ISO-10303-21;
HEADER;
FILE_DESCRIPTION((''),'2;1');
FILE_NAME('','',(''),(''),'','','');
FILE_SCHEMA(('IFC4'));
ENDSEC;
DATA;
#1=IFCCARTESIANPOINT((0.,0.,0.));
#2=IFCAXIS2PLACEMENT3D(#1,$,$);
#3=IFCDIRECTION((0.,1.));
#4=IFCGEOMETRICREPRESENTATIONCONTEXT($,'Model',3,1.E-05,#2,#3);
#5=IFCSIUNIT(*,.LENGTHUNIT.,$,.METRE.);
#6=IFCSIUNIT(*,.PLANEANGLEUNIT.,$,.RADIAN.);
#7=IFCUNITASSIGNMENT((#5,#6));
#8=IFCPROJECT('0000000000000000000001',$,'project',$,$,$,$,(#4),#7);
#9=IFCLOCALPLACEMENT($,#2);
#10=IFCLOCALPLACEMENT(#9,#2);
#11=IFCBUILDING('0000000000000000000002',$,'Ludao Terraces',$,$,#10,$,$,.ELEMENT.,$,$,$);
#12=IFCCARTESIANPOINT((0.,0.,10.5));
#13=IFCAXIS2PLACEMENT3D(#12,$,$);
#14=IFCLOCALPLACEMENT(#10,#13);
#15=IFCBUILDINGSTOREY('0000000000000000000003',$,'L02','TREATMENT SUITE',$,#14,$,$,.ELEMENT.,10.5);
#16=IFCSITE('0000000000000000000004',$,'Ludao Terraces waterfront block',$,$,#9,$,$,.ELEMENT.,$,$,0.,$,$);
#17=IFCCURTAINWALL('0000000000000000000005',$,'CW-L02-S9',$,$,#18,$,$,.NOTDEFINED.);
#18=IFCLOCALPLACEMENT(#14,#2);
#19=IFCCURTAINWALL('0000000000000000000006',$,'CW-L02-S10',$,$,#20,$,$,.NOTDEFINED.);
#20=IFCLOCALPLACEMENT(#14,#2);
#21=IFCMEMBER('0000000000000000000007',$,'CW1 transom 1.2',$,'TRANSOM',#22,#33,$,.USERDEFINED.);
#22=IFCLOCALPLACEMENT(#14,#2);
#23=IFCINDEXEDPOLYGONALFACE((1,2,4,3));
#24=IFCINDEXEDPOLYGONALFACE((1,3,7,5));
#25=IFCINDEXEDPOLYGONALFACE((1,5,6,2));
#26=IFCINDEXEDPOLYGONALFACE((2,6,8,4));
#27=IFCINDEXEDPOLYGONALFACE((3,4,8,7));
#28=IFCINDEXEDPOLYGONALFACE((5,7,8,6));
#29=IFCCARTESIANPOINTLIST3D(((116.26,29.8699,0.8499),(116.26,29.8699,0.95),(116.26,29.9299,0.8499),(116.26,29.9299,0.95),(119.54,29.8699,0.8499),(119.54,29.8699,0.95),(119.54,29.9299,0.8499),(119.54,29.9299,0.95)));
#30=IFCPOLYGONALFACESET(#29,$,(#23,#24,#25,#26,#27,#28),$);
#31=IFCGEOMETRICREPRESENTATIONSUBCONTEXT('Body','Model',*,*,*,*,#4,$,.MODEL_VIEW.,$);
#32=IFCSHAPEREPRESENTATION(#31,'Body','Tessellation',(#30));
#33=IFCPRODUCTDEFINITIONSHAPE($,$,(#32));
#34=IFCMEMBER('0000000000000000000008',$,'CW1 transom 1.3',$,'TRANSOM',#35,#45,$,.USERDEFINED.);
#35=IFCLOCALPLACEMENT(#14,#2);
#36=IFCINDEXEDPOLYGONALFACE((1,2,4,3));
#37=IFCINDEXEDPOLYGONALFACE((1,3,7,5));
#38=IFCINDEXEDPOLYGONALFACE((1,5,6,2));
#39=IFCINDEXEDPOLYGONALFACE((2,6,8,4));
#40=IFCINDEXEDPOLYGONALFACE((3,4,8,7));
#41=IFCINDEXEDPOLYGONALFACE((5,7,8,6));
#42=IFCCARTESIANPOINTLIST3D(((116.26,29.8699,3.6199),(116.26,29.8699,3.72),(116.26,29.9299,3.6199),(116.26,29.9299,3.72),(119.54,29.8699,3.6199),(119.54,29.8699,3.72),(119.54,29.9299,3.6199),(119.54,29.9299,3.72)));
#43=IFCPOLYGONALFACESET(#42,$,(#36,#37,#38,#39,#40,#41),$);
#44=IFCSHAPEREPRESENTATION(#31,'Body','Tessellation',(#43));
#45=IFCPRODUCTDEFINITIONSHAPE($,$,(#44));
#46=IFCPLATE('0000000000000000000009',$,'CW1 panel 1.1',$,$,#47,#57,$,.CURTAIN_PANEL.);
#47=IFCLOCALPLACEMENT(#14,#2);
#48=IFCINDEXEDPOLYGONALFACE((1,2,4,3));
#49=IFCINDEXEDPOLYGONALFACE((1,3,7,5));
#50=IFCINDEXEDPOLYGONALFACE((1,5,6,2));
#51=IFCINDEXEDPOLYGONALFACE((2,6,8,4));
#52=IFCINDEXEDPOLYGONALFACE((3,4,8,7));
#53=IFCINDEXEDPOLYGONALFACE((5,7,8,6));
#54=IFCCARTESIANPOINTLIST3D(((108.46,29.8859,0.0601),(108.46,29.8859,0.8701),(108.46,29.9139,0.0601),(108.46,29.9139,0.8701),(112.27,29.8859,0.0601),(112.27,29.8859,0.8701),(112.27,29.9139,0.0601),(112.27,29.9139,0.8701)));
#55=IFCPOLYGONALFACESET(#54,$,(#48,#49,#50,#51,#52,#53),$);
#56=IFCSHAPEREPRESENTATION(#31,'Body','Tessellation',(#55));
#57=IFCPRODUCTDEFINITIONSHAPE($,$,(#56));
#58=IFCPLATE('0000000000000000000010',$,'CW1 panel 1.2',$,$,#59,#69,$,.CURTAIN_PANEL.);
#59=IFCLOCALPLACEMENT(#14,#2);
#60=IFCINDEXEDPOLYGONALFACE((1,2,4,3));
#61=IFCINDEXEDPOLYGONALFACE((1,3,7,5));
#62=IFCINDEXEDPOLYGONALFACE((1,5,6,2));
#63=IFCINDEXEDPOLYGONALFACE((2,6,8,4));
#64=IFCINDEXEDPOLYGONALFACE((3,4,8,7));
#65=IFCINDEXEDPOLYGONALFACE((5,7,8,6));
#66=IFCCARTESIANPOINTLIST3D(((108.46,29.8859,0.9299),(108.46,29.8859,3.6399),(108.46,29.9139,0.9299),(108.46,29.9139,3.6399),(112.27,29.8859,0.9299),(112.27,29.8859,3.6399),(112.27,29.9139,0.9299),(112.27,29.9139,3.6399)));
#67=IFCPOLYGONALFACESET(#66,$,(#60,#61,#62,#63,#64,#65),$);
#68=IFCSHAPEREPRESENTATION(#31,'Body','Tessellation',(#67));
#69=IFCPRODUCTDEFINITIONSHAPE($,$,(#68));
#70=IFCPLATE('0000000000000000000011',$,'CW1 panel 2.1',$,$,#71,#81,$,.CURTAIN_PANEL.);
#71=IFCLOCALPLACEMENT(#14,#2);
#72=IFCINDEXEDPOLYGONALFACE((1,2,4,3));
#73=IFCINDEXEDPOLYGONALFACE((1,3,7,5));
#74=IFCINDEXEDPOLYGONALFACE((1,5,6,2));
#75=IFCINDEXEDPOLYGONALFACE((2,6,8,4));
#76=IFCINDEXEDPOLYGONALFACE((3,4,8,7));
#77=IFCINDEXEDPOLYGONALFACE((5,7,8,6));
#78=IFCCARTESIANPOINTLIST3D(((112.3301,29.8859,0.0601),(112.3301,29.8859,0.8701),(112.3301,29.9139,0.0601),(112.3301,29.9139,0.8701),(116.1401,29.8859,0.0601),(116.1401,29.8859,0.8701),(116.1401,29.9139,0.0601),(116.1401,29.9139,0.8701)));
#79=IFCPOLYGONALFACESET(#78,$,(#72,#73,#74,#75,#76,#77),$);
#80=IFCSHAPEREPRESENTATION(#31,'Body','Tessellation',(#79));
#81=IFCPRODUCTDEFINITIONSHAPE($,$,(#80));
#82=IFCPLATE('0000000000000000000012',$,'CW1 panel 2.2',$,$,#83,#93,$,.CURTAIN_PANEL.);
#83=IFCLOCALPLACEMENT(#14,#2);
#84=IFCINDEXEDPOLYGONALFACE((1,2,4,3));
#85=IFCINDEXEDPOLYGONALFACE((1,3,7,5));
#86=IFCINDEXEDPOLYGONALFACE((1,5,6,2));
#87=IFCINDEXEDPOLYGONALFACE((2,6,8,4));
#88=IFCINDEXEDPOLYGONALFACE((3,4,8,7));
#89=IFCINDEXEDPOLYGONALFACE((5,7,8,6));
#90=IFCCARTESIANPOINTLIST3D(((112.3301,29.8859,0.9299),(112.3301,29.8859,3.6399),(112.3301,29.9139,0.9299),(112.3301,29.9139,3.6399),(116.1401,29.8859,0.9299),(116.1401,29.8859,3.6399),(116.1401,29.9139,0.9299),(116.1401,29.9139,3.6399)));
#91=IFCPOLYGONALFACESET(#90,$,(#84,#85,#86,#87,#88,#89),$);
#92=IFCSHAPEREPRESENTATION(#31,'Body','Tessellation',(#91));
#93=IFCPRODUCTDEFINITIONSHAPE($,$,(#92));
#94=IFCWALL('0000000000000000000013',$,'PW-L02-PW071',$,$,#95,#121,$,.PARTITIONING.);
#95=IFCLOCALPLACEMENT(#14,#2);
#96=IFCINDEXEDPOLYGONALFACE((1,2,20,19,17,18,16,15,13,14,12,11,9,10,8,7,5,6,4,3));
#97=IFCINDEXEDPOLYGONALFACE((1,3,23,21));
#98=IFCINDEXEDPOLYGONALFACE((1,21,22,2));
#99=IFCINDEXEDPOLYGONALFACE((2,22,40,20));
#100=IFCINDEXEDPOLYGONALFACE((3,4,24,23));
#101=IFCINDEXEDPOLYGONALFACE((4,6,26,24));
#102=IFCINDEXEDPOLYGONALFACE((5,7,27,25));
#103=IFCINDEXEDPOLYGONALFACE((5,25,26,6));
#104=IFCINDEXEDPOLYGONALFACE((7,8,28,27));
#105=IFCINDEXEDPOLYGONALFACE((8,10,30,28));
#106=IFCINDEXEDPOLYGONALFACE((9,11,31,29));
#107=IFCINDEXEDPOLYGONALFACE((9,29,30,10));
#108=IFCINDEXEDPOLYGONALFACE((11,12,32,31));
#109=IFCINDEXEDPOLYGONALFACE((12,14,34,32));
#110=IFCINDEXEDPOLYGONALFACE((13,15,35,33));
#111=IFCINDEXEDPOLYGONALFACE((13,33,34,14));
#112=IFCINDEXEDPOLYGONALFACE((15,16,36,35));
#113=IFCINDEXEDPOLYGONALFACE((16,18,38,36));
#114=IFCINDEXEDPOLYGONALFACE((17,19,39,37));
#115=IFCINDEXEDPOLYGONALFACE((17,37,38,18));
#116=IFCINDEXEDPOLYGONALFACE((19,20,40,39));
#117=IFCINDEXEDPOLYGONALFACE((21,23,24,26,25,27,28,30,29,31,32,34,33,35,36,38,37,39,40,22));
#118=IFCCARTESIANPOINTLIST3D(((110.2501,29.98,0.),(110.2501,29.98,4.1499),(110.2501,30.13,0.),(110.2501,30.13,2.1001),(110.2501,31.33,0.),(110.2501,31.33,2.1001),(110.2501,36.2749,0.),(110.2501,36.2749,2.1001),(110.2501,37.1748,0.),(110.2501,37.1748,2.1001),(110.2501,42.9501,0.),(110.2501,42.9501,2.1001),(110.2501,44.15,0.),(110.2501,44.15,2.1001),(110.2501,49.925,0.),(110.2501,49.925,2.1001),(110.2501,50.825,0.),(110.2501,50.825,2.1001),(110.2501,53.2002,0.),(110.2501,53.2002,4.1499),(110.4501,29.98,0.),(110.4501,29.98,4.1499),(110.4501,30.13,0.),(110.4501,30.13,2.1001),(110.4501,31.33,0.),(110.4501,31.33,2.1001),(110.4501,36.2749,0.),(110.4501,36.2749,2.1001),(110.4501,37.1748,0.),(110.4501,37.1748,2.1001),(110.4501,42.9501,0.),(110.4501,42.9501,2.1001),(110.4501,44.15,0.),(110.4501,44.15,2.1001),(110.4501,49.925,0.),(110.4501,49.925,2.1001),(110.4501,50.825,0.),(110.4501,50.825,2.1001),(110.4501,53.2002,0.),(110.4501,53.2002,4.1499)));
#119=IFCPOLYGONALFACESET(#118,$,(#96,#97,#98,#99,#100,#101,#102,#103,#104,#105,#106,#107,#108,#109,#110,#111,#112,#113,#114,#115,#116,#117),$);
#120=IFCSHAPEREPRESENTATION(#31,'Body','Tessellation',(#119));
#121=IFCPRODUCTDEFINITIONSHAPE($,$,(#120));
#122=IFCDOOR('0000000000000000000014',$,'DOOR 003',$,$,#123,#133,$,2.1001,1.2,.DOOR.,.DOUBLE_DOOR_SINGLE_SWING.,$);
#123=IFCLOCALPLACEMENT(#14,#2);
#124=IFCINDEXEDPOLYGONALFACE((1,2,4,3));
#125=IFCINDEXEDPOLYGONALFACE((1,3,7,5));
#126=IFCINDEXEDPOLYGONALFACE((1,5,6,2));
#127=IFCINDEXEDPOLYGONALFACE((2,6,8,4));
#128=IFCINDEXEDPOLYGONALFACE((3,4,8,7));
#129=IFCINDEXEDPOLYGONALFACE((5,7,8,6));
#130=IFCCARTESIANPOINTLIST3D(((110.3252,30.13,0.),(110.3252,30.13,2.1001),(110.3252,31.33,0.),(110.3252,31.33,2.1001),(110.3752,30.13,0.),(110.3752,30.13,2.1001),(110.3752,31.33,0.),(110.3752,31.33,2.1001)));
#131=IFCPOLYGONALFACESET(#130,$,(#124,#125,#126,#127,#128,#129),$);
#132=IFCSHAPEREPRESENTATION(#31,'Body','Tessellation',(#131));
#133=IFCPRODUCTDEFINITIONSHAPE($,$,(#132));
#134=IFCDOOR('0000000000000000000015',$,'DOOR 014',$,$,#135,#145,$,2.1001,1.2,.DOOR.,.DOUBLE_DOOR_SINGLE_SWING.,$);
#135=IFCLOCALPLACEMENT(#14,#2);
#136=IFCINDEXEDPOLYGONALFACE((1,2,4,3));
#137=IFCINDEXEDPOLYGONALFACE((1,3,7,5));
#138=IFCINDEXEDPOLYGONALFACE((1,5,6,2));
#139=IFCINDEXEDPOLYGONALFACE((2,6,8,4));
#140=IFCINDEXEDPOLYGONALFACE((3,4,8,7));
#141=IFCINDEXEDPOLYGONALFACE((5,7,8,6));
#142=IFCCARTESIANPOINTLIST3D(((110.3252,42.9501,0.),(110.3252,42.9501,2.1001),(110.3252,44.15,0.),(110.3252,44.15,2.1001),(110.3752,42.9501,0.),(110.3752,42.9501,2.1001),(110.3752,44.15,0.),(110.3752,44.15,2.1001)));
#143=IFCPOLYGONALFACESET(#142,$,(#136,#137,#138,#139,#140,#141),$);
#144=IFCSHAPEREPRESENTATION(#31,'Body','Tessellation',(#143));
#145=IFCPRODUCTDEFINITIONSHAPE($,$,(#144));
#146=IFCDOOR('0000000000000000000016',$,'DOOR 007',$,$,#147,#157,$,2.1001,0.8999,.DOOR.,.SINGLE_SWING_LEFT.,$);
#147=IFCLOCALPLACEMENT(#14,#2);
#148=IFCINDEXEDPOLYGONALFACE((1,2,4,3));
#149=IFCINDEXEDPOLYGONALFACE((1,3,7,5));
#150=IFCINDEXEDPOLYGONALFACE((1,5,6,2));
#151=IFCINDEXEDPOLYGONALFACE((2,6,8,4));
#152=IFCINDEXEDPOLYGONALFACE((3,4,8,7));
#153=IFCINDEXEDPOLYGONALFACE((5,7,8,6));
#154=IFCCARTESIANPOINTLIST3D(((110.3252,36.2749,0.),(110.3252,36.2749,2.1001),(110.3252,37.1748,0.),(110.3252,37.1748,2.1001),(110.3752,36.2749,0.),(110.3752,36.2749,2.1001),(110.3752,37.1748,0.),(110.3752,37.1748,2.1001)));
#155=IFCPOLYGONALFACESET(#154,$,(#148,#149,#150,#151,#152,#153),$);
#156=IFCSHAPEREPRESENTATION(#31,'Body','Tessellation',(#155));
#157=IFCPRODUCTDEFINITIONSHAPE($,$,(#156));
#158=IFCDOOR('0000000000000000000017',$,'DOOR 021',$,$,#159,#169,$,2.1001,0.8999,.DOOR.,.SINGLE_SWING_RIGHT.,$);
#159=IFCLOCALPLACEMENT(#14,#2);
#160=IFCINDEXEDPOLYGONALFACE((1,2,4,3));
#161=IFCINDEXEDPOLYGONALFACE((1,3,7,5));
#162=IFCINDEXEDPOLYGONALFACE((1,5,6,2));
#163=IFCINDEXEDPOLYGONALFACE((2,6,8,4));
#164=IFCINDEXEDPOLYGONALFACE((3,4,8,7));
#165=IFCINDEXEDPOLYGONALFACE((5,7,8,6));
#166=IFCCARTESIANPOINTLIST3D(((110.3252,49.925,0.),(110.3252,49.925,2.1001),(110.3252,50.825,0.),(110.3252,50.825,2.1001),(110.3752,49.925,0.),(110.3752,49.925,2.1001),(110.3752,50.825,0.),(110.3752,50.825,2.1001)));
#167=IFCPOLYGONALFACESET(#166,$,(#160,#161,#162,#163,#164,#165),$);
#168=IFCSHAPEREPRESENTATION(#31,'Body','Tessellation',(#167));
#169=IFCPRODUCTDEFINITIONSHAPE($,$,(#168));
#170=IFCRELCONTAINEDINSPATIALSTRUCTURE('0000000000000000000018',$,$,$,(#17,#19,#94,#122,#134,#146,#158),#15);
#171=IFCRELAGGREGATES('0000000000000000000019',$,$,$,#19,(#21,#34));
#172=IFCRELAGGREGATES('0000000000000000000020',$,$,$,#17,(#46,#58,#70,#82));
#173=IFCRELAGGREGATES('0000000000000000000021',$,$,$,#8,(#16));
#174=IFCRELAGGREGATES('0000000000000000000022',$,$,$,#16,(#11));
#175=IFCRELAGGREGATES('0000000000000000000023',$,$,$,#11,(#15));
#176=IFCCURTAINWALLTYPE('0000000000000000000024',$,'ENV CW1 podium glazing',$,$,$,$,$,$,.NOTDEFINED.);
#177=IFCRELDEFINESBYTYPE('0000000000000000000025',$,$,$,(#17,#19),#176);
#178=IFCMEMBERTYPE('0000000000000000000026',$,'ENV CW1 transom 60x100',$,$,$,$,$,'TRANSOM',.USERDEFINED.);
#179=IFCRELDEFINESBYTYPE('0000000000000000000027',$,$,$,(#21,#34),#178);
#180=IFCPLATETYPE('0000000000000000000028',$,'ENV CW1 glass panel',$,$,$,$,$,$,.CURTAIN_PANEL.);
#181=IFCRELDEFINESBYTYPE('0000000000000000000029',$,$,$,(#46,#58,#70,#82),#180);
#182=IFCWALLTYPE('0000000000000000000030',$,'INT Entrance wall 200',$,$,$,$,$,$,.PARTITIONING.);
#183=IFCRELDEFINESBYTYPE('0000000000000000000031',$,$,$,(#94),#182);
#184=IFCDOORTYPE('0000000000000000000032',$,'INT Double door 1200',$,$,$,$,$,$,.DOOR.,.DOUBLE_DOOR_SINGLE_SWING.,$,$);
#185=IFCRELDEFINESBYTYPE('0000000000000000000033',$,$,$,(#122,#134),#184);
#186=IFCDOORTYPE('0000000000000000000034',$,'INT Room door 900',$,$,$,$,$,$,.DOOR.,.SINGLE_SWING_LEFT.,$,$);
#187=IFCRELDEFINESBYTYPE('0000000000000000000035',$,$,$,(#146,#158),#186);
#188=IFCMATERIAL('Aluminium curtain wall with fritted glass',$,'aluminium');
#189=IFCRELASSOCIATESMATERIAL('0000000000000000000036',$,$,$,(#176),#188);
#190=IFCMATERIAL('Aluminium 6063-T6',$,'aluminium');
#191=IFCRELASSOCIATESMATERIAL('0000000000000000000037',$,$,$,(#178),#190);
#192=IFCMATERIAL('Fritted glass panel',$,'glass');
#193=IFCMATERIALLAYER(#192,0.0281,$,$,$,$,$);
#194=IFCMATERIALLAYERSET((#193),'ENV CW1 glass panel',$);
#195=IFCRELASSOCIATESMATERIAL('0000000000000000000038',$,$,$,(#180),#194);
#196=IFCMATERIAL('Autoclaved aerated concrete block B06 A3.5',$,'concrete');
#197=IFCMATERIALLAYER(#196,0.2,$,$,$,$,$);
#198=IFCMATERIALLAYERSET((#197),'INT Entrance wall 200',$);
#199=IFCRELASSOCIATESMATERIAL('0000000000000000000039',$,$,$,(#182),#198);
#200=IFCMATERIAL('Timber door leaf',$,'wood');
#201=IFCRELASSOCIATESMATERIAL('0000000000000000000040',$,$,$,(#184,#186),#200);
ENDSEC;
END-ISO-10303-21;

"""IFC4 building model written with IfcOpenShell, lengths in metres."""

from ifc_helpers import new_model, si_unit, direction, frame, frame_2d, origin, origin_2d, place, context, subcontext, project, spatial, rectangle, extrude, material, layer, layer_set, material_profile, profile_set, type_object, element, fill, aggregate, save


model = new_model("IFC4")

# Units and contexts
model_context = context("Model", 3, precision=1e-05, world=origin(), true_north=direction((0.0, 1.0)))
body_context = subcontext(model_context, "Body", "Model", "MODEL_VIEW")
ifc_project = project(units=[si_unit("LENGTHUNIT", "METRE"), si_unit("PLANEANGLEUNIT", "RADIAN")], contexts=[model_context])

# Site, building, storey
site_placement = place(None, origin())
site = spatial("IfcSite", under=ifc_project, at=site_placement, Name="Ludao Terraces waterfront block", CompositionType="ELEMENT", RefElevation=0.0)
building_placement = place(site_placement, origin())
building = spatial("IfcBuilding", under=site, at=building_placement, Name="Ludao Terraces", CompositionType="ELEMENT")
storey_placement = place(building_placement, frame((0.0, 0.0, 10.5)))
storey = spatial("IfcBuildingStorey", under=building, at=storey_placement, Name="L02", Description="TREATMENT SUITE", CompositionType="ELEMENT", Elevation=10.5)

# Curtain wall
ifc_material_1 = material(Name="Aluminium curtain wall with fritted glass", Category="aluminium")
curtain_wall_type = type_object("IfcCurtainWallType", Name="ENV CW1 podium glazing", PredefinedType="NOTDEFINED", material=ifc_material_1)
curtain_wall_1_placement = place(storey_placement, origin())
curtain_wall_1 = element("IfcCurtainWall", 1, at=curtain_wall_1_placement, inside=storey, type_object=curtain_wall_type, Name="CW-L02-S9", PredefinedType="NOTDEFINED")
ifc_material_2 = material(Name="Aluminium 6063-T6", Category="aluminium")

# Curtain wall
curtain_wall_2_placement = place(storey_placement, origin())
curtain_wall_2 = element("IfcCurtainWall", 2, at=curtain_wall_2_placement, inside=storey, type_object=curtain_wall_type, Name="CW-L02-S10", PredefinedType="NOTDEFINED")

# Members
ifc_material_profile_1 = material_profile(ifc_material_2, rectangle(XDim=0.0601, YDim=0.1001, at=origin_2d()), Name="60 X 100")
ifc_profile_set_1 = profile_set([ifc_material_profile_1], Name="Aluminium 6063-T6")
member_type_1 = type_object("IfcMemberType", Name="ENV CW1 transom 60x100", ElementType="TRANSOM", PredefinedType="USERDEFINED", material=ifc_profile_set_1)
member_1_placement = place(storey_placement, frame((116.26, 29.8999, 0.8999), z_axis=(1.0, 0.0, 0.0), x_axis=(0.0, 1.0, 0.0)))
member_1 = element("IfcMember", 3, at=member_1_placement, type_object=member_type_1, Name="CW1 transom 1.2", ObjectType="TRANSOM", PredefinedType="USERDEFINED", context=body_context, shape_type="SweptSolid", body=[
    extrude(rectangle(XDim=0.0601, YDim=0.1001, at=origin_2d()), origin(), (0.0, 0.0, 1.0), 3.28),
])
member_2_placement = place(storey_placement, frame((116.26, 29.8999, 3.6699), z_axis=(1.0, 0.0, 0.0), x_axis=(0.0, 1.0, 0.0)))
member_2 = element("IfcMember", 4, at=member_2_placement, type_object=member_type_1, Name="CW1 transom 1.3", ObjectType="TRANSOM", PredefinedType="USERDEFINED", context=body_context, shape_type="SweptSolid", body=[
    extrude(rectangle(XDim=0.0601, YDim=0.1001, at=origin_2d()), origin(), (0.0, 0.0, 1.0), 3.28),
])
aggregate(curtain_wall_2, [member_1, member_2])

# Plates
ifc_material_3 = material(Name="Fritted glass panel", Category="glass")
ifc_layer_1 = layer(ifc_material_3, 0.0281)
ifc_layer_set_1 = layer_set([ifc_layer_1], Name="ENV CW1 glass panel")
plate_type = type_object("IfcPlateType", Name="ENV CW1 glass panel", PredefinedType="CURTAIN_PANEL", material=ifc_layer_set_1)
plate_1_placement = place(storey_placement, frame((110.365, 29.8999, 0.0601), z_axis=(0.0, 0.0, 1.0), x_axis=(1.0, 0.0, 0.0)))
plate_1 = element("IfcPlate", 5, at=plate_1_placement, type_object=plate_type, Name="CW1 panel 1.1", PredefinedType="CURTAIN_PANEL", context=body_context, shape_type="SweptSolid", body=[
    extrude(rectangle(XDim=3.8101, YDim=0.0281, at=origin_2d()), origin(), (0.0, 0.0, 1.0), 0.8101),
])
plate_2_placement = place(storey_placement, frame((110.365, 29.8999, 0.9299), z_axis=(0.0, 0.0, 1.0), x_axis=(1.0, 0.0, 0.0)))
plate_2 = element("IfcPlate", 6, at=plate_2_placement, type_object=plate_type, Name="CW1 panel 1.2", PredefinedType="CURTAIN_PANEL", context=body_context, shape_type="SweptSolid", body=[
    extrude(rectangle(XDim=3.8101, YDim=0.0281, at=origin_2d()), origin(), (0.0, 0.0, 1.0), 2.71),
])
plate_3_placement = place(storey_placement, frame((114.2351, 29.8999, 0.0601), z_axis=(0.0, 0.0, 1.0), x_axis=(1.0, 0.0, 0.0)))
plate_3 = element("IfcPlate", 7, at=plate_3_placement, type_object=plate_type, Name="CW1 panel 2.1", PredefinedType="CURTAIN_PANEL", context=body_context, shape_type="SweptSolid", body=[
    extrude(rectangle(XDim=3.8101, YDim=0.0281, at=origin_2d()), origin(), (0.0, 0.0, 1.0), 0.8101),
])
plate_4_placement = place(storey_placement, frame((114.2351, 29.8999, 0.9299), z_axis=(0.0, 0.0, 1.0), x_axis=(1.0, 0.0, 0.0)))
plate_4 = element("IfcPlate", 8, at=plate_4_placement, type_object=plate_type, Name="CW1 panel 2.2", PredefinedType="CURTAIN_PANEL", context=body_context, shape_type="SweptSolid", body=[
    extrude(rectangle(XDim=3.8101, YDim=0.0281, at=origin_2d()), origin(), (0.0, 0.0, 1.0), 2.71),
])
aggregate(curtain_wall_1, [plate_1, plate_2, plate_3, plate_4])

# Wall, openings, doors
ifc_material_4 = material(Name="Autoclaved aerated concrete block B06 A3.5", Category="concrete")
ifc_layer_2 = layer(ifc_material_4, 0.2)
ifc_layer_set_2 = layer_set([ifc_layer_2], Name="INT Entrance wall 200")
wall_type_1 = type_object("IfcWallType", Name="INT Entrance wall 200", PredefinedType="PARTITIONING", material=ifc_layer_set_2)
wall_1_placement = place(storey_placement, frame((110.3501, 29.98, 0.0), z_axis=(0.0, 0.0, 1.0), x_axis=(0.0, 1.0, 0.0)))
wall_1 = element("IfcWall", 9, at=wall_1_placement, inside=storey, type_object=wall_type_1, Name="PW-L02-PW071", PredefinedType="PARTITIONING", context=body_context, shape_type="SweptSolid", body=[
    extrude(rectangle(XDim=23.2202, YDim=0.2, at=frame_2d((11.6101, 0.0))), origin(), (0.0, 0.0, 1.0), 4.1499),
])
opening_1_placement = place(wall_1_placement, frame((0.1499, 0.0, 0.0)))
opening_1 = element("IfcOpeningElement", 10, at=opening_1_placement, cuts=wall_1, PredefinedType="OPENING", context=body_context, shape_type="SweptSolid", body=[
    extrude(rectangle(XDim=1.2, YDim=2.1001, at=frame_2d((0.6001, 1.05))), frame((0.0, 0.1099, 0.0), z_axis=(0.0, -1.0, 0.0), x_axis=(1.0, 0.0, 0.0)), (0.0, 0.0, 1.0), 0.22),
])
opening_2_placement = place(wall_1_placement, frame((6.2949, 0.0, 0.0)))
opening_2 = element("IfcOpeningElement", 11, at=opening_2_placement, cuts=wall_1, PredefinedType="OPENING", context=body_context, shape_type="SweptSolid", body=[
    extrude(rectangle(XDim=0.8999, YDim=2.1001, at=frame_2d((0.45, 1.05))), frame((0.0, 0.1099, 0.0), z_axis=(0.0, -1.0, 0.0), x_axis=(1.0, 0.0, 0.0)), (0.0, 0.0, 1.0), 0.22),
])
opening_3_placement = place(wall_1_placement, frame((12.97, 0.0, 0.0)))
opening_3 = element("IfcOpeningElement", 12, at=opening_3_placement, cuts=wall_1, PredefinedType="OPENING", context=body_context, shape_type="SweptSolid", body=[
    extrude(rectangle(XDim=1.2, YDim=2.1001, at=frame_2d((0.6001, 1.05))), frame((0.0, 0.1099, 0.0), z_axis=(0.0, -1.0, 0.0), x_axis=(1.0, 0.0, 0.0)), (0.0, 0.0, 1.0), 0.22),
])
opening_4_placement = place(wall_1_placement, frame((19.9451, 0.0, 0.0)))
opening_4 = element("IfcOpeningElement", 13, at=opening_4_placement, cuts=wall_1, PredefinedType="OPENING", context=body_context, shape_type="SweptSolid", body=[
    extrude(rectangle(XDim=0.8999, YDim=2.1001, at=frame_2d((0.45, 1.05))), frame((0.0, 0.1099, 0.0), z_axis=(0.0, -1.0, 0.0), x_axis=(1.0, 0.0, 0.0)), (0.0, 0.0, 1.0), 0.22),
])
ifc_material_5 = material(Name="Timber door leaf", Category="wood")
door_type_1 = type_object("IfcDoorType", Name="INT Double door 1200", OperationType="DOUBLE_DOOR_SINGLE_SWING", PredefinedType="DOOR", material=ifc_material_5)
door_1_placement = place(opening_1_placement, origin())
door_1 = element("IfcDoor", 14, at=door_1_placement, inside=storey, type_object=door_type_1, Name="DOOR 003", OperationType="DOUBLE_DOOR_SINGLE_SWING", OverallHeight=2.1001, OverallWidth=1.2, PredefinedType="DOOR", context=body_context, shape_type="SweptSolid", body=[
    extrude(rectangle(XDim=1.2, YDim=2.1001, at=frame_2d((0.6001, 1.05))), frame((0.0, 0.0249, 0.0), z_axis=(0.0, -1.0, 0.0), x_axis=(1.0, 0.0, 0.0)), (0.0, 0.0, 1.0), 0.05),
])
fill(opening_1, door_1)
door_2_placement = place(opening_3_placement, origin())
door_2 = element("IfcDoor", 15, at=door_2_placement, inside=storey, type_object=door_type_1, Name="DOOR 014", OperationType="DOUBLE_DOOR_SINGLE_SWING", OverallHeight=2.1001, OverallWidth=1.2, PredefinedType="DOOR", context=body_context, shape_type="SweptSolid", body=[
    extrude(rectangle(XDim=1.2, YDim=2.1001, at=frame_2d((0.6001, 1.05))), frame((0.0, 0.0249, 0.0), z_axis=(0.0, -1.0, 0.0), x_axis=(1.0, 0.0, 0.0)), (0.0, 0.0, 1.0), 0.05),
])
fill(opening_3, door_2)
door_type_2 = type_object("IfcDoorType", Name="INT Room door 900", OperationType="SINGLE_SWING_LEFT", PredefinedType="DOOR", material=ifc_material_5)
door_3_placement = place(opening_2_placement, origin())
door_3 = element("IfcDoor", 16, at=door_3_placement, inside=storey, type_object=door_type_2, Name="DOOR 007", OperationType="SINGLE_SWING_LEFT", OverallHeight=2.1001, OverallWidth=0.8999, PredefinedType="DOOR", context=body_context, shape_type="SweptSolid", body=[
    extrude(rectangle(XDim=0.8999, YDim=2.1001, at=frame_2d((0.45, 1.05))), frame((0.0, 0.0249, 0.0), z_axis=(0.0, -1.0, 0.0), x_axis=(1.0, 0.0, 0.0)), (0.0, 0.0, 1.0), 0.05),
])
fill(opening_2, door_3)
door_4_placement = place(opening_4_placement, origin())
door_4 = element("IfcDoor", 17, at=door_4_placement, inside=storey, type_object=door_type_2, Name="DOOR 021", OperationType="SINGLE_SWING_RIGHT", OverallHeight=2.1001, OverallWidth=0.8999, PredefinedType="DOOR", context=body_context, shape_type="SweptSolid", body=[
    extrude(rectangle(XDim=0.8999, YDim=2.1001, at=frame_2d((0.45, 1.05))), frame((0.0, 0.0249, 0.0), z_axis=(0.0, -1.0, 0.0), x_axis=(1.0, 0.0, 0.0)), (0.0, 0.0, 1.0), 0.05),
])
fill(opening_4, door_4)

save(model, "model.ifc")
